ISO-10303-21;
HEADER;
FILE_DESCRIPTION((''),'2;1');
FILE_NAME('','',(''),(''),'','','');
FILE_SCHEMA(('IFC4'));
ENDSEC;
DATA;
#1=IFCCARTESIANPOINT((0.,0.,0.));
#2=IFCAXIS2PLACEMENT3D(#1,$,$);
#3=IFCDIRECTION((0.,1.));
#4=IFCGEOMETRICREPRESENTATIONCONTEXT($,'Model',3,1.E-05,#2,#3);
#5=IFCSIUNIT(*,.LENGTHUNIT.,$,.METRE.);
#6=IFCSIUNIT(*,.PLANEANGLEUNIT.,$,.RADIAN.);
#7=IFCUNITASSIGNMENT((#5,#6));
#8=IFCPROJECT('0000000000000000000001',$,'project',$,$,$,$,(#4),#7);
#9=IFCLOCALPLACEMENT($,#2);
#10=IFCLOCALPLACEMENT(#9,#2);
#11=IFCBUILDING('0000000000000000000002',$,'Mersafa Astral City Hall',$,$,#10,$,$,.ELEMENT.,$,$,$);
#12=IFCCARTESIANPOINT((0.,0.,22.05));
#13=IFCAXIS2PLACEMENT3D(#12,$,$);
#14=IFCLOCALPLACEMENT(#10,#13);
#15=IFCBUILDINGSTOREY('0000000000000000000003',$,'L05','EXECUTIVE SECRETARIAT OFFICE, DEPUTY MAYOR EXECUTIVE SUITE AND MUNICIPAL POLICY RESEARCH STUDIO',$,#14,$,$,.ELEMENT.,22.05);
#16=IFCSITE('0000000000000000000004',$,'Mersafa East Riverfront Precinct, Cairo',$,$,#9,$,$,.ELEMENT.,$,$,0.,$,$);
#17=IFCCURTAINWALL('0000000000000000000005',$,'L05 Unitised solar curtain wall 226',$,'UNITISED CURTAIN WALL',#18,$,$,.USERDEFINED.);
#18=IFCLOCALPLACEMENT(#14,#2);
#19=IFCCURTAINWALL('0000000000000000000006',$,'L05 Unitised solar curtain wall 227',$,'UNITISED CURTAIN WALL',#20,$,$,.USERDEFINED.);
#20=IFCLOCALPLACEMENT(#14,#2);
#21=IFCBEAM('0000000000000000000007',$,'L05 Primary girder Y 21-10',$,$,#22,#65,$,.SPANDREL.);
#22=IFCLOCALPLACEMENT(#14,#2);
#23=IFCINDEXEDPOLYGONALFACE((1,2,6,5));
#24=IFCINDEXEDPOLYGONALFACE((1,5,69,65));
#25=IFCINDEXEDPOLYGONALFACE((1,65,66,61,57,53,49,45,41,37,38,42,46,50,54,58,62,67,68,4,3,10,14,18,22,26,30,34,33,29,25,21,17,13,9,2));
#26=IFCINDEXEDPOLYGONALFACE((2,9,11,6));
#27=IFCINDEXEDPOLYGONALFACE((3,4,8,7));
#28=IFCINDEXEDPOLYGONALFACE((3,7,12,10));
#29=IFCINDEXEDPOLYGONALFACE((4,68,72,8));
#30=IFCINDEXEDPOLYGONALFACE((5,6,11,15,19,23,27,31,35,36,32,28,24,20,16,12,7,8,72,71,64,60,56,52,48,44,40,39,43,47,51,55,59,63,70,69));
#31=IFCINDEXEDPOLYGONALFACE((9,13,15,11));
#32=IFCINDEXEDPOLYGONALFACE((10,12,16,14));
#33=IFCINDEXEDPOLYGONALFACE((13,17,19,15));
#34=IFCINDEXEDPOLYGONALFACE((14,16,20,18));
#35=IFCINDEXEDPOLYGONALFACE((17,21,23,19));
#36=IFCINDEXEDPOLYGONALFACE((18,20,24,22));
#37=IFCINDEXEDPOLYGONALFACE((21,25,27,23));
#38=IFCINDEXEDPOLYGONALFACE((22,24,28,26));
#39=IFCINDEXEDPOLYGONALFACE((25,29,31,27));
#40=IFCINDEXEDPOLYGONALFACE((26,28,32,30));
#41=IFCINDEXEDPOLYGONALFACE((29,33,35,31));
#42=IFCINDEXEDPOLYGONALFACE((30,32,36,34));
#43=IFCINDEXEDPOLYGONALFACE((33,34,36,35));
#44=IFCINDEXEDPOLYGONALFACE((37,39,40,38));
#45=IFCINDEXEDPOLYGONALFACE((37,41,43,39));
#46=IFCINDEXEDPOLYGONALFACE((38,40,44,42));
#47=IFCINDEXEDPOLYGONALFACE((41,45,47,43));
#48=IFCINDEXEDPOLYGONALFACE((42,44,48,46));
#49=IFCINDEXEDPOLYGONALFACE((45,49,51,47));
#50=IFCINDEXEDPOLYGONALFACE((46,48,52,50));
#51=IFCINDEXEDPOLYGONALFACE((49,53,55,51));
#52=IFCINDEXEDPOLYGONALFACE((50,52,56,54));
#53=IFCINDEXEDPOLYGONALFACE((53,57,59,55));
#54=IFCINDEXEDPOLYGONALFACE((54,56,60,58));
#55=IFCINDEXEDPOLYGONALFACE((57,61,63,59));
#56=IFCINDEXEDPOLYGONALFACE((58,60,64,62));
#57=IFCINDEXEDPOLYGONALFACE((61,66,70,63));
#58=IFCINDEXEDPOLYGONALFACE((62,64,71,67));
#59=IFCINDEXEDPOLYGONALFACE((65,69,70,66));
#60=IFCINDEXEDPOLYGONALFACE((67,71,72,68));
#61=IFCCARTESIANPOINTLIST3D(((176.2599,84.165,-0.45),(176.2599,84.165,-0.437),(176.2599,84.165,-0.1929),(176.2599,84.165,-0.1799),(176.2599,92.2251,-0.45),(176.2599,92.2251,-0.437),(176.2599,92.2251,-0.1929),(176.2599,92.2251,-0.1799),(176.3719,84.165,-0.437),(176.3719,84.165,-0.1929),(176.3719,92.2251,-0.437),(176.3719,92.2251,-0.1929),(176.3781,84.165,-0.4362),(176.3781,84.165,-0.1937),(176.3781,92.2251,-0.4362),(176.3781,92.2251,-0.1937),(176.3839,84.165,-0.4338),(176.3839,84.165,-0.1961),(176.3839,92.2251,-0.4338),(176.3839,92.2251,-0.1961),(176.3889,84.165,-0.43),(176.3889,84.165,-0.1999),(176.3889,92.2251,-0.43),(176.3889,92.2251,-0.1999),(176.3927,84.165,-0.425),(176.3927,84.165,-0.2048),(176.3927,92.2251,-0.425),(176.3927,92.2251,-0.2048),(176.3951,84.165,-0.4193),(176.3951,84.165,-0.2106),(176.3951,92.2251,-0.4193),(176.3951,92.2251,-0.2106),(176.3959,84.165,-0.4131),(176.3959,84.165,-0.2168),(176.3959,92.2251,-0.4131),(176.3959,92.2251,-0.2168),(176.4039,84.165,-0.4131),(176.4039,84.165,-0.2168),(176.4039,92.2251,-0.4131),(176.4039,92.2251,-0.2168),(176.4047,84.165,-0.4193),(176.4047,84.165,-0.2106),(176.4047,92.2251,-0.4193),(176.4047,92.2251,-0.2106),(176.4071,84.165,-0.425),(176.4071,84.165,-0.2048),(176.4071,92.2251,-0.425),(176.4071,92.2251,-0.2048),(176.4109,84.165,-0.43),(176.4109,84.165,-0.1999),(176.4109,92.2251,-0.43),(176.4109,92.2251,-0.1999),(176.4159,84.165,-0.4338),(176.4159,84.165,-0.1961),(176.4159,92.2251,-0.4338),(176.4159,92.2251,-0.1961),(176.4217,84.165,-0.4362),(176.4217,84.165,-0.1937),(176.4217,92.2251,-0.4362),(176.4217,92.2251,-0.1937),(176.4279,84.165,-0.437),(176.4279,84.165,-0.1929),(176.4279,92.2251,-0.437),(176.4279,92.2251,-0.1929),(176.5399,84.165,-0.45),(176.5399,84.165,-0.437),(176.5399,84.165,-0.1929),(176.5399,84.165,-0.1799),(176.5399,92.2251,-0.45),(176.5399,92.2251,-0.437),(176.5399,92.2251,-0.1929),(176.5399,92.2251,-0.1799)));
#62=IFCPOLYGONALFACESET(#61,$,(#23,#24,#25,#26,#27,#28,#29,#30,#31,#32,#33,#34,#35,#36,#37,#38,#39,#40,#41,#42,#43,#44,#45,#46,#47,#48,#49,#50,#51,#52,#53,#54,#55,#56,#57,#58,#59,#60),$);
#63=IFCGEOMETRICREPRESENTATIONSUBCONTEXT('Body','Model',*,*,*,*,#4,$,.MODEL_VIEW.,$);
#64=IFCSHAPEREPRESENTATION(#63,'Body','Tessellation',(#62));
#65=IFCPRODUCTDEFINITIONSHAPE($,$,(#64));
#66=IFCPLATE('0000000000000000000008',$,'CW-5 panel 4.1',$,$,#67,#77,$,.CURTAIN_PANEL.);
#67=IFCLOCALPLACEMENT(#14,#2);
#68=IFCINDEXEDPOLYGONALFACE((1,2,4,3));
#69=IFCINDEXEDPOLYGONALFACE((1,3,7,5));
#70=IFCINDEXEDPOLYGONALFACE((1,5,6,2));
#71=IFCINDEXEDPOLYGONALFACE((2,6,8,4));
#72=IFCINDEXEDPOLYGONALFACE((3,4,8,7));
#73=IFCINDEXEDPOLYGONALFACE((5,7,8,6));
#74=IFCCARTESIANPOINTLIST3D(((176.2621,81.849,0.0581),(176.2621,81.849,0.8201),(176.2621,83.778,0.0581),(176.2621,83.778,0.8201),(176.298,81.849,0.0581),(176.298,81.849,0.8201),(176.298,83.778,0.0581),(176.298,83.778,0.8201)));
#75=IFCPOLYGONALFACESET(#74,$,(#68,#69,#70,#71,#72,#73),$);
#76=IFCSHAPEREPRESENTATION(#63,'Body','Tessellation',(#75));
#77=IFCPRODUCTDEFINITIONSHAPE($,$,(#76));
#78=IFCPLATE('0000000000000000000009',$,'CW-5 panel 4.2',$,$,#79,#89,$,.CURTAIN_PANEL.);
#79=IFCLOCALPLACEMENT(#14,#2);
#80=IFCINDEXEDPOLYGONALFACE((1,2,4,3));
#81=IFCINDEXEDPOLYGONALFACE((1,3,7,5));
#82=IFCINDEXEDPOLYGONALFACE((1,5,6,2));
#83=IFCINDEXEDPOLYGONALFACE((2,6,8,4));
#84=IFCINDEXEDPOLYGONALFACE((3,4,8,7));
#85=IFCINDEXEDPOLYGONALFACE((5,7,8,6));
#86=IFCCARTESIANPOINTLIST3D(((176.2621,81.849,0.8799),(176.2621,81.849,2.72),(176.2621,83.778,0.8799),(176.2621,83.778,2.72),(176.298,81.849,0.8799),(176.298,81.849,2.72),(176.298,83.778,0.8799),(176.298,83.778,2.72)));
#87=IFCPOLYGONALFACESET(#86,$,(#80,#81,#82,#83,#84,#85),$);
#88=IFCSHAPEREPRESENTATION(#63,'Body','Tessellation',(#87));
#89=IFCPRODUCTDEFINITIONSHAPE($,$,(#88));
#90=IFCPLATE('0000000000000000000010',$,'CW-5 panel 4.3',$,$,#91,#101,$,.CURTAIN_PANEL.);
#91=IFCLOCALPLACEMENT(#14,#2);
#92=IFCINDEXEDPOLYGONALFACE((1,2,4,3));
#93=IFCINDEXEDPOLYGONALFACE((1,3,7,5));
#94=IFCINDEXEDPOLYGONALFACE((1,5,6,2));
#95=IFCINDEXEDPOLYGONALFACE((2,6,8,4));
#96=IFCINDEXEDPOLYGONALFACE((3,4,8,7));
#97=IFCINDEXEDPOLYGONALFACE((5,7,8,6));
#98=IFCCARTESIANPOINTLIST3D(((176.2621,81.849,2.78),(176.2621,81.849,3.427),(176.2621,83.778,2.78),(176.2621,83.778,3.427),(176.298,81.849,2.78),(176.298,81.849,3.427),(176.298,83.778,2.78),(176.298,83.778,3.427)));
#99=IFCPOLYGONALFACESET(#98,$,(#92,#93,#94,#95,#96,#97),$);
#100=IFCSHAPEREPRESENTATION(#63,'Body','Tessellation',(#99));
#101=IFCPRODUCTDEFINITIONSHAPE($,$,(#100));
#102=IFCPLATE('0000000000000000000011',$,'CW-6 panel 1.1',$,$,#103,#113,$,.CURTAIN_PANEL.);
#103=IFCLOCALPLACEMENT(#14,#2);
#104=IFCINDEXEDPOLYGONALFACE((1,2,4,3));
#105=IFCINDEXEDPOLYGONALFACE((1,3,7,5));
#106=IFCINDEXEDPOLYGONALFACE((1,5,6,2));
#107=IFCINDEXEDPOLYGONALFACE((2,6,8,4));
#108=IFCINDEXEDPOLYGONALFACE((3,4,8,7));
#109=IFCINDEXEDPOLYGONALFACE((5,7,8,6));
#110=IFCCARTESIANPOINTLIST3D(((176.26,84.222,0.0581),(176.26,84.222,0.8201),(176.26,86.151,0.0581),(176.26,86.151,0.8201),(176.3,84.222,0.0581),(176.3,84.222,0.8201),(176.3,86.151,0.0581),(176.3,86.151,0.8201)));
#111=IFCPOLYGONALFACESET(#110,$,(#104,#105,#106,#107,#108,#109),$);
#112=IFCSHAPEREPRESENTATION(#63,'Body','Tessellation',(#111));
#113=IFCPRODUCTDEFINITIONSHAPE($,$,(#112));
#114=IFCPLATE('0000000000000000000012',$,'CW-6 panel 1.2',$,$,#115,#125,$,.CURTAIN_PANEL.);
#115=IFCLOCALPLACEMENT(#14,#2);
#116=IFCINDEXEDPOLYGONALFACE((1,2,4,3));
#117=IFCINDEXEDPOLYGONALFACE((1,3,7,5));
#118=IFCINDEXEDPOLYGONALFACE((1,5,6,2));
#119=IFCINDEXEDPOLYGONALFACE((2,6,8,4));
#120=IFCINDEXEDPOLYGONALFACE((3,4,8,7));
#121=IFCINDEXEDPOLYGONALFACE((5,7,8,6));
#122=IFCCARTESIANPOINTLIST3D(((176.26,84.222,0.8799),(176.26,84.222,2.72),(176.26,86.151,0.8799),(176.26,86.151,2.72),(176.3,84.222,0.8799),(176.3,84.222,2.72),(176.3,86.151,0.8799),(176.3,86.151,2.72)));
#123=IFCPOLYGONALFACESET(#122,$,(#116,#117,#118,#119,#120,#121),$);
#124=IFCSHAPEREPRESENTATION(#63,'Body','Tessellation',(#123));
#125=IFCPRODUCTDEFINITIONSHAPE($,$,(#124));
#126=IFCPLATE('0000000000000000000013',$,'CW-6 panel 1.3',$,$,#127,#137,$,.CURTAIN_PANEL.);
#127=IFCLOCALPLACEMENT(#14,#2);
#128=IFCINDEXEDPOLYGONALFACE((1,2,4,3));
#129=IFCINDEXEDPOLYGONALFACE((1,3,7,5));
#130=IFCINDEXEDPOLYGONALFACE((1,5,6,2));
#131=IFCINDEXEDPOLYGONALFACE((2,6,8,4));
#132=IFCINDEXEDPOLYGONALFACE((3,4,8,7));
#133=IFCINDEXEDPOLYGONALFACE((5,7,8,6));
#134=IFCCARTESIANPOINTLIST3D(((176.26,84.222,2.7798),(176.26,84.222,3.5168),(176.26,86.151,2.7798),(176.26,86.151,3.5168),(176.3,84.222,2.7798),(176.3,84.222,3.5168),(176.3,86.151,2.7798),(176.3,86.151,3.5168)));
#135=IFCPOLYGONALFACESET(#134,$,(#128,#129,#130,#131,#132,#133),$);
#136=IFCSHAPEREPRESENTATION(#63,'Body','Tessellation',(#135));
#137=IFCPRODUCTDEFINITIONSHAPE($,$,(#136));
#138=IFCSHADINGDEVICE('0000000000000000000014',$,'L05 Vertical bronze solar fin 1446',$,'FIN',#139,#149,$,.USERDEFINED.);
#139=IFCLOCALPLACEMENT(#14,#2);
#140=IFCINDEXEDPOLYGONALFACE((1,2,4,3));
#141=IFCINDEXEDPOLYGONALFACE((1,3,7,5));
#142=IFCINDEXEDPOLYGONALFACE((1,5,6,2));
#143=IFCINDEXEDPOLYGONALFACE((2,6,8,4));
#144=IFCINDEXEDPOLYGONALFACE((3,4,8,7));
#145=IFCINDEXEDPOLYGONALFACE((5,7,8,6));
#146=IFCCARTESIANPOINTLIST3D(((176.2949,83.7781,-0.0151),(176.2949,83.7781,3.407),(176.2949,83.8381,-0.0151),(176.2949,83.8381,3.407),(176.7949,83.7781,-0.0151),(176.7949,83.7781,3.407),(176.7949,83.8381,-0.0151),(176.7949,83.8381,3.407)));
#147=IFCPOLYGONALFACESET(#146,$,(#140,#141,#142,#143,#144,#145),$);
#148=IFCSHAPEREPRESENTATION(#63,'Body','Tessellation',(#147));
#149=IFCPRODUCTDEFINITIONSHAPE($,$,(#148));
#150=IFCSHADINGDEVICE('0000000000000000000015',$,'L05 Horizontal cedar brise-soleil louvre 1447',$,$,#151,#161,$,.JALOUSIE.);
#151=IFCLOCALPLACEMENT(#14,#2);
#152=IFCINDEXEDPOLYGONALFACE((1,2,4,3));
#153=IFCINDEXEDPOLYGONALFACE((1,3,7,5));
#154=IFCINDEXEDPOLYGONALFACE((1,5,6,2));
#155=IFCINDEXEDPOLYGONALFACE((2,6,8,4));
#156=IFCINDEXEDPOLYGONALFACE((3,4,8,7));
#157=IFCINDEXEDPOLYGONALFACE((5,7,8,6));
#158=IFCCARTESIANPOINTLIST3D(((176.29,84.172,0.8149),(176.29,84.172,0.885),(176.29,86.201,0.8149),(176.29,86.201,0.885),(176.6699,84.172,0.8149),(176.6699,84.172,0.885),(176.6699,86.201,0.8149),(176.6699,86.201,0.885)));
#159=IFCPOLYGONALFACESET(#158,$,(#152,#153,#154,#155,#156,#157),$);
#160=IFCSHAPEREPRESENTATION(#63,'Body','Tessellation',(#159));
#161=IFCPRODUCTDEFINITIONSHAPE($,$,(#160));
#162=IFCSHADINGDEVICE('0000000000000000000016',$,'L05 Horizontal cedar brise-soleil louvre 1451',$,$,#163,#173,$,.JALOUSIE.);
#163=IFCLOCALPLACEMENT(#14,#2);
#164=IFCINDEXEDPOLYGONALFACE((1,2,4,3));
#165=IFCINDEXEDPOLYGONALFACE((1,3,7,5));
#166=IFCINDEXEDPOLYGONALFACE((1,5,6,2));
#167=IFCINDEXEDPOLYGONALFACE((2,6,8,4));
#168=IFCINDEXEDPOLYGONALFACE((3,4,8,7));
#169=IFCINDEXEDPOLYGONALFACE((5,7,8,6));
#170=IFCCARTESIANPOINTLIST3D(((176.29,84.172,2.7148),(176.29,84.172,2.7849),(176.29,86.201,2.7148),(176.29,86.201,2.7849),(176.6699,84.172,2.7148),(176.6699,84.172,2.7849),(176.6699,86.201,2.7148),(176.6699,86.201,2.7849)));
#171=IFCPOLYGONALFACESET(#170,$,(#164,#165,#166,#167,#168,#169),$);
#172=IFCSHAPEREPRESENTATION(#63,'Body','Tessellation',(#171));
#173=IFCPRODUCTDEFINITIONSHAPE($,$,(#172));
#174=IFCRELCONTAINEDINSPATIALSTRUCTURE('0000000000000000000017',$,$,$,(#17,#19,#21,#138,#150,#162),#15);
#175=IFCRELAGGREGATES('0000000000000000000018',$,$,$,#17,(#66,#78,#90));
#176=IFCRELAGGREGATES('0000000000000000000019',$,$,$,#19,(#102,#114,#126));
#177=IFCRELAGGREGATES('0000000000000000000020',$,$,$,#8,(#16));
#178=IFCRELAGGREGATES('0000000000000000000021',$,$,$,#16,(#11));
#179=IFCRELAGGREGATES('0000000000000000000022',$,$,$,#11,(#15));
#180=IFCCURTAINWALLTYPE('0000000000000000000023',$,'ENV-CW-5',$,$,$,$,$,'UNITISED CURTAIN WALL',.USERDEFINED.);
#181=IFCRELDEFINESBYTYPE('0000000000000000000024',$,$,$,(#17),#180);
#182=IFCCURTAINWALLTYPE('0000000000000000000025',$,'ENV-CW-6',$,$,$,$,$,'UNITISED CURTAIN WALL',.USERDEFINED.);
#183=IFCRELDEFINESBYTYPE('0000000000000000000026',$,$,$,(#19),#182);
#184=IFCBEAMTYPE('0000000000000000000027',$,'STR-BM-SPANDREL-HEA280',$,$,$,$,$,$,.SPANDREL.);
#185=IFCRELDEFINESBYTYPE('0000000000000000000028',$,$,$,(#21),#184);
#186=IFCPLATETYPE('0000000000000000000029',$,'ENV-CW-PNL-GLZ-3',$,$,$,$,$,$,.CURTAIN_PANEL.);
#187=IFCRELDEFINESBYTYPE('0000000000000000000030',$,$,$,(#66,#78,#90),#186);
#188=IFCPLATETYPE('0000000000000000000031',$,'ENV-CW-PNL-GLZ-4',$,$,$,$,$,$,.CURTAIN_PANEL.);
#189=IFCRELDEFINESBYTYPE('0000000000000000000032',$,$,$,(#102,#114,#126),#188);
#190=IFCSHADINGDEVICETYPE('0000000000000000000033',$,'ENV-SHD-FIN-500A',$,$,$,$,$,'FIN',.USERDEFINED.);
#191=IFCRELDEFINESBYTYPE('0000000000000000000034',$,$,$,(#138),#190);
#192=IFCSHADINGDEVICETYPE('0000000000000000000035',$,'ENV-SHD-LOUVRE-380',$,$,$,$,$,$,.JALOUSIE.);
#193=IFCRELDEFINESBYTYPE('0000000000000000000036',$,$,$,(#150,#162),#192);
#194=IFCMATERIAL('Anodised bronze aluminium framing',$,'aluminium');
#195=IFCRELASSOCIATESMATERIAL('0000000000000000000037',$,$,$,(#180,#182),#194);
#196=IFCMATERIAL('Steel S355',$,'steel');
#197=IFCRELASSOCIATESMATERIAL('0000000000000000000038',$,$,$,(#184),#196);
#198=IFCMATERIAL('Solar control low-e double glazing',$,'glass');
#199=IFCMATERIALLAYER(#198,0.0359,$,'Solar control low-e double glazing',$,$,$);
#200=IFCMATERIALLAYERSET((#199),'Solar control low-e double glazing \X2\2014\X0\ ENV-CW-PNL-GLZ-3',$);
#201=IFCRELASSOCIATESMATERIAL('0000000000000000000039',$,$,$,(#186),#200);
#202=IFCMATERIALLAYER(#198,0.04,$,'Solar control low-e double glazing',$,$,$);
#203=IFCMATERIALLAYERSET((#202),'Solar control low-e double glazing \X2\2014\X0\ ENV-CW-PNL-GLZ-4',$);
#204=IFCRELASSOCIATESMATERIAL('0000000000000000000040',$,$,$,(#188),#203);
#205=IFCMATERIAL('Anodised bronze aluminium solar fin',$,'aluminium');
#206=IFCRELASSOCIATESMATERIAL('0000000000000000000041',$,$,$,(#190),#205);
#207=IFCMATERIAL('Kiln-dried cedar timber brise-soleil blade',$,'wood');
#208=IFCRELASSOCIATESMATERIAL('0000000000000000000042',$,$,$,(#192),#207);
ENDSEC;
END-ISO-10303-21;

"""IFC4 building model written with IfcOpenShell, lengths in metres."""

from ifc_helpers import new_model, si_unit, direction, frame, origin, origin_2d, place, context, subcontext, project, spatial, rectangle, i_section, extrude, material, layer, layer_set, material_profile, profile_set, type_object, element, aggregate, save


model = new_model("IFC4")

# Units and contexts
model_context = context("Model", 3, precision=1e-05, world=origin(), true_north=direction((0.0, 1.0)))
body_context = subcontext(model_context, "Body", "Model", "MODEL_VIEW")
ifc_project = project(units=[si_unit("LENGTHUNIT", "METRE"), si_unit("PLANEANGLEUNIT", "RADIAN")], contexts=[model_context])

# Site, building, storey
site_placement = place(None, origin())
site = spatial("IfcSite", under=ifc_project, at=site_placement, Name="Mersafa East Riverfront Precinct, Cairo", CompositionType="ELEMENT", RefElevation=0.0)
building_placement = place(site_placement, origin())
building = spatial("IfcBuilding", under=site, at=building_placement, Name="Mersafa Astral City Hall", CompositionType="ELEMENT")
storey_placement = place(building_placement, frame((0.0, 0.0, 22.05)))
storey = spatial("IfcBuildingStorey", under=building, at=storey_placement, Name="L05", Description="EXECUTIVE SECRETARIAT OFFICE, DEPUTY MAYOR EXECUTIVE SUITE AND MUNICIPAL POLICY RESEARCH STUDIO", CompositionType="ELEMENT", Elevation=22.05)

# Shared definitions
ifc_material_1 = material(Name="Steel S355", Category="steel")

# Curtain wall
ifc_material_2 = material(Name="Anodised bronze aluminium framing", Category="aluminium")
curtain_wall_type_1 = type_object("IfcCurtainWallType", Name="ENV-CW-5", ElementType="UNITISED CURTAIN WALL", PredefinedType="USERDEFINED", material=ifc_material_2)
curtain_wall_1_placement = place(storey_placement, origin())
curtain_wall_1 = element("IfcCurtainWall", 1, at=curtain_wall_1_placement, inside=storey, type_object=curtain_wall_type_1, Name="L05 Unitised solar curtain wall 226", ObjectType="UNITISED CURTAIN WALL", PredefinedType="USERDEFINED")

# Curtain wall
curtain_wall_type_2 = type_object("IfcCurtainWallType", Name="ENV-CW-6", ElementType="UNITISED CURTAIN WALL", PredefinedType="USERDEFINED", material=ifc_material_2)
curtain_wall_2_placement = place(storey_placement, origin())
curtain_wall_2 = element("IfcCurtainWall", 2, at=curtain_wall_2_placement, inside=storey, type_object=curtain_wall_type_2, Name="L05 Unitised solar curtain wall 227", ObjectType="UNITISED CURTAIN WALL", PredefinedType="USERDEFINED")

# Beam
ifc_material_profile_1 = material_profile(ifc_material_1, i_section(OverallWidth=0.28, OverallDepth=0.27, WebThickness=0.0081, FlangeThickness=0.0129, FilletRadius=0.0239, at=origin_2d()), Name="HEA 280")
ifc_profile_set_1 = profile_set([ifc_material_profile_1], Name="Steel S355")
beam_type_1 = type_object("IfcBeamType", Name="STR-BM-SPANDREL-HEA280", PredefinedType="SPANDREL", material=ifc_profile_set_1)
beam_placement = place(storey_placement, frame((176.3999, 84.165, -0.3149), z_axis=(0.0, 1.0, 0.0), x_axis=(-1.0, 0.0, 0.0)))
element("IfcBeam", 3, at=beam_placement, inside=storey, type_object=beam_type_1, Name="L05 Primary girder Y 21-10", PredefinedType="SPANDREL", context=body_context, shape_type="SweptSolid", body=[
    extrude(i_section(OverallWidth=0.28, OverallDepth=0.27, WebThickness=0.0081, FlangeThickness=0.0129, FilletRadius=0.0239, at=origin_2d()), origin(), (0.0, 0.0, 1.0), 8.0601),
])

# Plates
ifc_material_3 = material(Name="Solar control low-e double glazing", Category="glass")
ifc_layer_1 = layer(ifc_material_3, 0.0359, Name="Solar control low-e double glazing")
ifc_layer_set_1 = layer_set([ifc_layer_1], Name="Solar control low-e double glazing — ENV-CW-PNL-GLZ-3")
plate_type_1 = type_object("IfcPlateType", Name="ENV-CW-PNL-GLZ-3", PredefinedType="CURTAIN_PANEL", material=ifc_layer_set_1)
plate_1_placement = place(storey_placement, frame((176.28, 82.8135, 0.0581), z_axis=(0.0, 0.0, 1.0), x_axis=(0.0, 1.0, 0.0)))
plate_1 = element("IfcPlate", 4, at=plate_1_placement, type_object=plate_type_1, Name="CW-5 panel 4.1", PredefinedType="CURTAIN_PANEL", context=body_context, shape_type="SweptSolid", body=[
    extrude(rectangle(XDim=1.929, YDim=0.0359, at=origin_2d()), origin(), (0.0, 0.0, 1.0), 0.762),
])
plate_2_placement = place(storey_placement, frame((176.28, 82.8135, 0.8799), z_axis=(0.0, 0.0, 1.0), x_axis=(0.0, 1.0, 0.0)))
plate_2 = element("IfcPlate", 5, at=plate_2_placement, type_object=plate_type_1, Name="CW-5 panel 4.2", PredefinedType="CURTAIN_PANEL", context=body_context, shape_type="SweptSolid", body=[
    extrude(rectangle(XDim=1.929, YDim=0.0359, at=origin_2d()), origin(), (0.0, 0.0, 1.0), 1.8401),
])
plate_3_placement = place(storey_placement, frame((176.28, 82.8135, 2.78), z_axis=(0.0, 0.0, 1.0), x_axis=(0.0, 1.0, 0.0)))
plate_3 = element("IfcPlate", 6, at=plate_3_placement, type_object=plate_type_1, Name="CW-5 panel 4.3", PredefinedType="CURTAIN_PANEL", context=body_context, shape_type="SweptSolid", body=[
    extrude(rectangle(XDim=1.929, YDim=0.0359, at=origin_2d()), origin(), (0.0, 0.0, 1.0), 0.647),
])
aggregate(curtain_wall_1, [plate_1, plate_2, plate_3])
ifc_layer_2 = layer(ifc_material_3, 0.04, Name="Solar control low-e double glazing")
ifc_layer_set_2 = layer_set([ifc_layer_2], Name="Solar control low-e double glazing — ENV-CW-PNL-GLZ-4")
plate_type_2 = type_object("IfcPlateType", Name="ENV-CW-PNL-GLZ-4", PredefinedType="CURTAIN_PANEL", material=ifc_layer_set_2)
plate_4_placement = place(storey_placement, frame((176.28, 85.1865, 0.0581), z_axis=(0.0, 0.0, 1.0), x_axis=(0.0, 1.0, 0.0)))
plate_4 = element("IfcPlate", 7, at=plate_4_placement, type_object=plate_type_2, Name="CW-6 panel 1.1", PredefinedType="CURTAIN_PANEL", context=body_context, shape_type="SweptSolid", body=[
    extrude(rectangle(XDim=1.929, YDim=0.04, at=origin_2d()), origin(), (0.0, 0.0, 1.0), 0.762),
])
plate_5_placement = place(storey_placement, frame((176.28, 85.1865, 0.8799), z_axis=(0.0, 0.0, 1.0), x_axis=(0.0, 1.0, 0.0)))
plate_5 = element("IfcPlate", 8, at=plate_5_placement, type_object=plate_type_2, Name="CW-6 panel 1.2", PredefinedType="CURTAIN_PANEL", context=body_context, shape_type="SweptSolid", body=[
    extrude(rectangle(XDim=1.929, YDim=0.04, at=origin_2d()), origin(), (0.0, 0.0, 1.0), 1.8401),
])
plate_6_placement = place(storey_placement, frame((176.28, 85.1865, 2.7798), z_axis=(0.0, 0.0, 1.0), x_axis=(0.0, 1.0, 0.0)))
plate_6 = element("IfcPlate", 9, at=plate_6_placement, type_object=plate_type_2, Name="CW-6 panel 1.3", PredefinedType="CURTAIN_PANEL", context=body_context, shape_type="SweptSolid", body=[
    extrude(rectangle(XDim=1.929, YDim=0.04, at=origin_2d()), origin(), (0.0, 0.0, 1.0), 0.7371),
])
aggregate(curtain_wall_2, [plate_4, plate_5, plate_6])

# Shading devices
ifc_material_4 = material(Name="Anodised bronze aluminium solar fin", Category="aluminium")
shading_device_type_1 = type_object("IfcShadingDeviceType", Name="ENV-SHD-FIN-500A", ElementType="FIN", PredefinedType="USERDEFINED", material=ifc_material_4)
shading_device_placement = place(storey_placement, frame((176.5449, 83.8081, -0.0151), z_axis=(0.0, 0.0, 1.0), x_axis=(0.0, 1.0, 0.0)))
element("IfcShadingDevice", 10, at=shading_device_placement, inside=storey, type_object=shading_device_type_1, Name="L05 Vertical bronze solar fin 1446", ObjectType="FIN", PredefinedType="USERDEFINED", context=body_context, shape_type="SweptSolid", body=[
    extrude(rectangle(XDim=0.0601, YDim=0.5, at=origin_2d()), origin(), (0.0, 0.0, 1.0), 3.4221),
])
ifc_material_5 = material(Name="Kiln-dried cedar timber brise-soleil blade", Category="wood")
shading_device_type_2 = type_object("IfcShadingDeviceType", Name="ENV-SHD-LOUVRE-380", PredefinedType="JALOUSIE", material=ifc_material_5)
for number, where, z_axis, x_axis, name in (
    (11, (176.48, 85.1865, 0.8149), (0.0, 0.0, 1.0), (0.0, 1.0, 0.0), "L05 Horizontal cedar brise-soleil louvre 1447"),
    (12, (176.48, 85.1865, 2.7148), (0.0, 0.0, 1.0), (0.0, 1.0, 0.0), "L05 Horizontal cedar brise-soleil louvre 1451"),
):
    element("IfcShadingDevice", number, at=place(storey_placement, frame(where, z_axis=z_axis, x_axis=x_axis)), inside=storey, type_object=shading_device_type_2, Name=name, PredefinedType="JALOUSIE", context=body_context, shape_type="SweptSolid", body=[
        extrude(rectangle(XDim=2.0291, YDim=0.3799, at=origin_2d()), origin(), (0.0, 0.0, 1.0), 0.0701),
    ])

save(model, "model.ifc")
